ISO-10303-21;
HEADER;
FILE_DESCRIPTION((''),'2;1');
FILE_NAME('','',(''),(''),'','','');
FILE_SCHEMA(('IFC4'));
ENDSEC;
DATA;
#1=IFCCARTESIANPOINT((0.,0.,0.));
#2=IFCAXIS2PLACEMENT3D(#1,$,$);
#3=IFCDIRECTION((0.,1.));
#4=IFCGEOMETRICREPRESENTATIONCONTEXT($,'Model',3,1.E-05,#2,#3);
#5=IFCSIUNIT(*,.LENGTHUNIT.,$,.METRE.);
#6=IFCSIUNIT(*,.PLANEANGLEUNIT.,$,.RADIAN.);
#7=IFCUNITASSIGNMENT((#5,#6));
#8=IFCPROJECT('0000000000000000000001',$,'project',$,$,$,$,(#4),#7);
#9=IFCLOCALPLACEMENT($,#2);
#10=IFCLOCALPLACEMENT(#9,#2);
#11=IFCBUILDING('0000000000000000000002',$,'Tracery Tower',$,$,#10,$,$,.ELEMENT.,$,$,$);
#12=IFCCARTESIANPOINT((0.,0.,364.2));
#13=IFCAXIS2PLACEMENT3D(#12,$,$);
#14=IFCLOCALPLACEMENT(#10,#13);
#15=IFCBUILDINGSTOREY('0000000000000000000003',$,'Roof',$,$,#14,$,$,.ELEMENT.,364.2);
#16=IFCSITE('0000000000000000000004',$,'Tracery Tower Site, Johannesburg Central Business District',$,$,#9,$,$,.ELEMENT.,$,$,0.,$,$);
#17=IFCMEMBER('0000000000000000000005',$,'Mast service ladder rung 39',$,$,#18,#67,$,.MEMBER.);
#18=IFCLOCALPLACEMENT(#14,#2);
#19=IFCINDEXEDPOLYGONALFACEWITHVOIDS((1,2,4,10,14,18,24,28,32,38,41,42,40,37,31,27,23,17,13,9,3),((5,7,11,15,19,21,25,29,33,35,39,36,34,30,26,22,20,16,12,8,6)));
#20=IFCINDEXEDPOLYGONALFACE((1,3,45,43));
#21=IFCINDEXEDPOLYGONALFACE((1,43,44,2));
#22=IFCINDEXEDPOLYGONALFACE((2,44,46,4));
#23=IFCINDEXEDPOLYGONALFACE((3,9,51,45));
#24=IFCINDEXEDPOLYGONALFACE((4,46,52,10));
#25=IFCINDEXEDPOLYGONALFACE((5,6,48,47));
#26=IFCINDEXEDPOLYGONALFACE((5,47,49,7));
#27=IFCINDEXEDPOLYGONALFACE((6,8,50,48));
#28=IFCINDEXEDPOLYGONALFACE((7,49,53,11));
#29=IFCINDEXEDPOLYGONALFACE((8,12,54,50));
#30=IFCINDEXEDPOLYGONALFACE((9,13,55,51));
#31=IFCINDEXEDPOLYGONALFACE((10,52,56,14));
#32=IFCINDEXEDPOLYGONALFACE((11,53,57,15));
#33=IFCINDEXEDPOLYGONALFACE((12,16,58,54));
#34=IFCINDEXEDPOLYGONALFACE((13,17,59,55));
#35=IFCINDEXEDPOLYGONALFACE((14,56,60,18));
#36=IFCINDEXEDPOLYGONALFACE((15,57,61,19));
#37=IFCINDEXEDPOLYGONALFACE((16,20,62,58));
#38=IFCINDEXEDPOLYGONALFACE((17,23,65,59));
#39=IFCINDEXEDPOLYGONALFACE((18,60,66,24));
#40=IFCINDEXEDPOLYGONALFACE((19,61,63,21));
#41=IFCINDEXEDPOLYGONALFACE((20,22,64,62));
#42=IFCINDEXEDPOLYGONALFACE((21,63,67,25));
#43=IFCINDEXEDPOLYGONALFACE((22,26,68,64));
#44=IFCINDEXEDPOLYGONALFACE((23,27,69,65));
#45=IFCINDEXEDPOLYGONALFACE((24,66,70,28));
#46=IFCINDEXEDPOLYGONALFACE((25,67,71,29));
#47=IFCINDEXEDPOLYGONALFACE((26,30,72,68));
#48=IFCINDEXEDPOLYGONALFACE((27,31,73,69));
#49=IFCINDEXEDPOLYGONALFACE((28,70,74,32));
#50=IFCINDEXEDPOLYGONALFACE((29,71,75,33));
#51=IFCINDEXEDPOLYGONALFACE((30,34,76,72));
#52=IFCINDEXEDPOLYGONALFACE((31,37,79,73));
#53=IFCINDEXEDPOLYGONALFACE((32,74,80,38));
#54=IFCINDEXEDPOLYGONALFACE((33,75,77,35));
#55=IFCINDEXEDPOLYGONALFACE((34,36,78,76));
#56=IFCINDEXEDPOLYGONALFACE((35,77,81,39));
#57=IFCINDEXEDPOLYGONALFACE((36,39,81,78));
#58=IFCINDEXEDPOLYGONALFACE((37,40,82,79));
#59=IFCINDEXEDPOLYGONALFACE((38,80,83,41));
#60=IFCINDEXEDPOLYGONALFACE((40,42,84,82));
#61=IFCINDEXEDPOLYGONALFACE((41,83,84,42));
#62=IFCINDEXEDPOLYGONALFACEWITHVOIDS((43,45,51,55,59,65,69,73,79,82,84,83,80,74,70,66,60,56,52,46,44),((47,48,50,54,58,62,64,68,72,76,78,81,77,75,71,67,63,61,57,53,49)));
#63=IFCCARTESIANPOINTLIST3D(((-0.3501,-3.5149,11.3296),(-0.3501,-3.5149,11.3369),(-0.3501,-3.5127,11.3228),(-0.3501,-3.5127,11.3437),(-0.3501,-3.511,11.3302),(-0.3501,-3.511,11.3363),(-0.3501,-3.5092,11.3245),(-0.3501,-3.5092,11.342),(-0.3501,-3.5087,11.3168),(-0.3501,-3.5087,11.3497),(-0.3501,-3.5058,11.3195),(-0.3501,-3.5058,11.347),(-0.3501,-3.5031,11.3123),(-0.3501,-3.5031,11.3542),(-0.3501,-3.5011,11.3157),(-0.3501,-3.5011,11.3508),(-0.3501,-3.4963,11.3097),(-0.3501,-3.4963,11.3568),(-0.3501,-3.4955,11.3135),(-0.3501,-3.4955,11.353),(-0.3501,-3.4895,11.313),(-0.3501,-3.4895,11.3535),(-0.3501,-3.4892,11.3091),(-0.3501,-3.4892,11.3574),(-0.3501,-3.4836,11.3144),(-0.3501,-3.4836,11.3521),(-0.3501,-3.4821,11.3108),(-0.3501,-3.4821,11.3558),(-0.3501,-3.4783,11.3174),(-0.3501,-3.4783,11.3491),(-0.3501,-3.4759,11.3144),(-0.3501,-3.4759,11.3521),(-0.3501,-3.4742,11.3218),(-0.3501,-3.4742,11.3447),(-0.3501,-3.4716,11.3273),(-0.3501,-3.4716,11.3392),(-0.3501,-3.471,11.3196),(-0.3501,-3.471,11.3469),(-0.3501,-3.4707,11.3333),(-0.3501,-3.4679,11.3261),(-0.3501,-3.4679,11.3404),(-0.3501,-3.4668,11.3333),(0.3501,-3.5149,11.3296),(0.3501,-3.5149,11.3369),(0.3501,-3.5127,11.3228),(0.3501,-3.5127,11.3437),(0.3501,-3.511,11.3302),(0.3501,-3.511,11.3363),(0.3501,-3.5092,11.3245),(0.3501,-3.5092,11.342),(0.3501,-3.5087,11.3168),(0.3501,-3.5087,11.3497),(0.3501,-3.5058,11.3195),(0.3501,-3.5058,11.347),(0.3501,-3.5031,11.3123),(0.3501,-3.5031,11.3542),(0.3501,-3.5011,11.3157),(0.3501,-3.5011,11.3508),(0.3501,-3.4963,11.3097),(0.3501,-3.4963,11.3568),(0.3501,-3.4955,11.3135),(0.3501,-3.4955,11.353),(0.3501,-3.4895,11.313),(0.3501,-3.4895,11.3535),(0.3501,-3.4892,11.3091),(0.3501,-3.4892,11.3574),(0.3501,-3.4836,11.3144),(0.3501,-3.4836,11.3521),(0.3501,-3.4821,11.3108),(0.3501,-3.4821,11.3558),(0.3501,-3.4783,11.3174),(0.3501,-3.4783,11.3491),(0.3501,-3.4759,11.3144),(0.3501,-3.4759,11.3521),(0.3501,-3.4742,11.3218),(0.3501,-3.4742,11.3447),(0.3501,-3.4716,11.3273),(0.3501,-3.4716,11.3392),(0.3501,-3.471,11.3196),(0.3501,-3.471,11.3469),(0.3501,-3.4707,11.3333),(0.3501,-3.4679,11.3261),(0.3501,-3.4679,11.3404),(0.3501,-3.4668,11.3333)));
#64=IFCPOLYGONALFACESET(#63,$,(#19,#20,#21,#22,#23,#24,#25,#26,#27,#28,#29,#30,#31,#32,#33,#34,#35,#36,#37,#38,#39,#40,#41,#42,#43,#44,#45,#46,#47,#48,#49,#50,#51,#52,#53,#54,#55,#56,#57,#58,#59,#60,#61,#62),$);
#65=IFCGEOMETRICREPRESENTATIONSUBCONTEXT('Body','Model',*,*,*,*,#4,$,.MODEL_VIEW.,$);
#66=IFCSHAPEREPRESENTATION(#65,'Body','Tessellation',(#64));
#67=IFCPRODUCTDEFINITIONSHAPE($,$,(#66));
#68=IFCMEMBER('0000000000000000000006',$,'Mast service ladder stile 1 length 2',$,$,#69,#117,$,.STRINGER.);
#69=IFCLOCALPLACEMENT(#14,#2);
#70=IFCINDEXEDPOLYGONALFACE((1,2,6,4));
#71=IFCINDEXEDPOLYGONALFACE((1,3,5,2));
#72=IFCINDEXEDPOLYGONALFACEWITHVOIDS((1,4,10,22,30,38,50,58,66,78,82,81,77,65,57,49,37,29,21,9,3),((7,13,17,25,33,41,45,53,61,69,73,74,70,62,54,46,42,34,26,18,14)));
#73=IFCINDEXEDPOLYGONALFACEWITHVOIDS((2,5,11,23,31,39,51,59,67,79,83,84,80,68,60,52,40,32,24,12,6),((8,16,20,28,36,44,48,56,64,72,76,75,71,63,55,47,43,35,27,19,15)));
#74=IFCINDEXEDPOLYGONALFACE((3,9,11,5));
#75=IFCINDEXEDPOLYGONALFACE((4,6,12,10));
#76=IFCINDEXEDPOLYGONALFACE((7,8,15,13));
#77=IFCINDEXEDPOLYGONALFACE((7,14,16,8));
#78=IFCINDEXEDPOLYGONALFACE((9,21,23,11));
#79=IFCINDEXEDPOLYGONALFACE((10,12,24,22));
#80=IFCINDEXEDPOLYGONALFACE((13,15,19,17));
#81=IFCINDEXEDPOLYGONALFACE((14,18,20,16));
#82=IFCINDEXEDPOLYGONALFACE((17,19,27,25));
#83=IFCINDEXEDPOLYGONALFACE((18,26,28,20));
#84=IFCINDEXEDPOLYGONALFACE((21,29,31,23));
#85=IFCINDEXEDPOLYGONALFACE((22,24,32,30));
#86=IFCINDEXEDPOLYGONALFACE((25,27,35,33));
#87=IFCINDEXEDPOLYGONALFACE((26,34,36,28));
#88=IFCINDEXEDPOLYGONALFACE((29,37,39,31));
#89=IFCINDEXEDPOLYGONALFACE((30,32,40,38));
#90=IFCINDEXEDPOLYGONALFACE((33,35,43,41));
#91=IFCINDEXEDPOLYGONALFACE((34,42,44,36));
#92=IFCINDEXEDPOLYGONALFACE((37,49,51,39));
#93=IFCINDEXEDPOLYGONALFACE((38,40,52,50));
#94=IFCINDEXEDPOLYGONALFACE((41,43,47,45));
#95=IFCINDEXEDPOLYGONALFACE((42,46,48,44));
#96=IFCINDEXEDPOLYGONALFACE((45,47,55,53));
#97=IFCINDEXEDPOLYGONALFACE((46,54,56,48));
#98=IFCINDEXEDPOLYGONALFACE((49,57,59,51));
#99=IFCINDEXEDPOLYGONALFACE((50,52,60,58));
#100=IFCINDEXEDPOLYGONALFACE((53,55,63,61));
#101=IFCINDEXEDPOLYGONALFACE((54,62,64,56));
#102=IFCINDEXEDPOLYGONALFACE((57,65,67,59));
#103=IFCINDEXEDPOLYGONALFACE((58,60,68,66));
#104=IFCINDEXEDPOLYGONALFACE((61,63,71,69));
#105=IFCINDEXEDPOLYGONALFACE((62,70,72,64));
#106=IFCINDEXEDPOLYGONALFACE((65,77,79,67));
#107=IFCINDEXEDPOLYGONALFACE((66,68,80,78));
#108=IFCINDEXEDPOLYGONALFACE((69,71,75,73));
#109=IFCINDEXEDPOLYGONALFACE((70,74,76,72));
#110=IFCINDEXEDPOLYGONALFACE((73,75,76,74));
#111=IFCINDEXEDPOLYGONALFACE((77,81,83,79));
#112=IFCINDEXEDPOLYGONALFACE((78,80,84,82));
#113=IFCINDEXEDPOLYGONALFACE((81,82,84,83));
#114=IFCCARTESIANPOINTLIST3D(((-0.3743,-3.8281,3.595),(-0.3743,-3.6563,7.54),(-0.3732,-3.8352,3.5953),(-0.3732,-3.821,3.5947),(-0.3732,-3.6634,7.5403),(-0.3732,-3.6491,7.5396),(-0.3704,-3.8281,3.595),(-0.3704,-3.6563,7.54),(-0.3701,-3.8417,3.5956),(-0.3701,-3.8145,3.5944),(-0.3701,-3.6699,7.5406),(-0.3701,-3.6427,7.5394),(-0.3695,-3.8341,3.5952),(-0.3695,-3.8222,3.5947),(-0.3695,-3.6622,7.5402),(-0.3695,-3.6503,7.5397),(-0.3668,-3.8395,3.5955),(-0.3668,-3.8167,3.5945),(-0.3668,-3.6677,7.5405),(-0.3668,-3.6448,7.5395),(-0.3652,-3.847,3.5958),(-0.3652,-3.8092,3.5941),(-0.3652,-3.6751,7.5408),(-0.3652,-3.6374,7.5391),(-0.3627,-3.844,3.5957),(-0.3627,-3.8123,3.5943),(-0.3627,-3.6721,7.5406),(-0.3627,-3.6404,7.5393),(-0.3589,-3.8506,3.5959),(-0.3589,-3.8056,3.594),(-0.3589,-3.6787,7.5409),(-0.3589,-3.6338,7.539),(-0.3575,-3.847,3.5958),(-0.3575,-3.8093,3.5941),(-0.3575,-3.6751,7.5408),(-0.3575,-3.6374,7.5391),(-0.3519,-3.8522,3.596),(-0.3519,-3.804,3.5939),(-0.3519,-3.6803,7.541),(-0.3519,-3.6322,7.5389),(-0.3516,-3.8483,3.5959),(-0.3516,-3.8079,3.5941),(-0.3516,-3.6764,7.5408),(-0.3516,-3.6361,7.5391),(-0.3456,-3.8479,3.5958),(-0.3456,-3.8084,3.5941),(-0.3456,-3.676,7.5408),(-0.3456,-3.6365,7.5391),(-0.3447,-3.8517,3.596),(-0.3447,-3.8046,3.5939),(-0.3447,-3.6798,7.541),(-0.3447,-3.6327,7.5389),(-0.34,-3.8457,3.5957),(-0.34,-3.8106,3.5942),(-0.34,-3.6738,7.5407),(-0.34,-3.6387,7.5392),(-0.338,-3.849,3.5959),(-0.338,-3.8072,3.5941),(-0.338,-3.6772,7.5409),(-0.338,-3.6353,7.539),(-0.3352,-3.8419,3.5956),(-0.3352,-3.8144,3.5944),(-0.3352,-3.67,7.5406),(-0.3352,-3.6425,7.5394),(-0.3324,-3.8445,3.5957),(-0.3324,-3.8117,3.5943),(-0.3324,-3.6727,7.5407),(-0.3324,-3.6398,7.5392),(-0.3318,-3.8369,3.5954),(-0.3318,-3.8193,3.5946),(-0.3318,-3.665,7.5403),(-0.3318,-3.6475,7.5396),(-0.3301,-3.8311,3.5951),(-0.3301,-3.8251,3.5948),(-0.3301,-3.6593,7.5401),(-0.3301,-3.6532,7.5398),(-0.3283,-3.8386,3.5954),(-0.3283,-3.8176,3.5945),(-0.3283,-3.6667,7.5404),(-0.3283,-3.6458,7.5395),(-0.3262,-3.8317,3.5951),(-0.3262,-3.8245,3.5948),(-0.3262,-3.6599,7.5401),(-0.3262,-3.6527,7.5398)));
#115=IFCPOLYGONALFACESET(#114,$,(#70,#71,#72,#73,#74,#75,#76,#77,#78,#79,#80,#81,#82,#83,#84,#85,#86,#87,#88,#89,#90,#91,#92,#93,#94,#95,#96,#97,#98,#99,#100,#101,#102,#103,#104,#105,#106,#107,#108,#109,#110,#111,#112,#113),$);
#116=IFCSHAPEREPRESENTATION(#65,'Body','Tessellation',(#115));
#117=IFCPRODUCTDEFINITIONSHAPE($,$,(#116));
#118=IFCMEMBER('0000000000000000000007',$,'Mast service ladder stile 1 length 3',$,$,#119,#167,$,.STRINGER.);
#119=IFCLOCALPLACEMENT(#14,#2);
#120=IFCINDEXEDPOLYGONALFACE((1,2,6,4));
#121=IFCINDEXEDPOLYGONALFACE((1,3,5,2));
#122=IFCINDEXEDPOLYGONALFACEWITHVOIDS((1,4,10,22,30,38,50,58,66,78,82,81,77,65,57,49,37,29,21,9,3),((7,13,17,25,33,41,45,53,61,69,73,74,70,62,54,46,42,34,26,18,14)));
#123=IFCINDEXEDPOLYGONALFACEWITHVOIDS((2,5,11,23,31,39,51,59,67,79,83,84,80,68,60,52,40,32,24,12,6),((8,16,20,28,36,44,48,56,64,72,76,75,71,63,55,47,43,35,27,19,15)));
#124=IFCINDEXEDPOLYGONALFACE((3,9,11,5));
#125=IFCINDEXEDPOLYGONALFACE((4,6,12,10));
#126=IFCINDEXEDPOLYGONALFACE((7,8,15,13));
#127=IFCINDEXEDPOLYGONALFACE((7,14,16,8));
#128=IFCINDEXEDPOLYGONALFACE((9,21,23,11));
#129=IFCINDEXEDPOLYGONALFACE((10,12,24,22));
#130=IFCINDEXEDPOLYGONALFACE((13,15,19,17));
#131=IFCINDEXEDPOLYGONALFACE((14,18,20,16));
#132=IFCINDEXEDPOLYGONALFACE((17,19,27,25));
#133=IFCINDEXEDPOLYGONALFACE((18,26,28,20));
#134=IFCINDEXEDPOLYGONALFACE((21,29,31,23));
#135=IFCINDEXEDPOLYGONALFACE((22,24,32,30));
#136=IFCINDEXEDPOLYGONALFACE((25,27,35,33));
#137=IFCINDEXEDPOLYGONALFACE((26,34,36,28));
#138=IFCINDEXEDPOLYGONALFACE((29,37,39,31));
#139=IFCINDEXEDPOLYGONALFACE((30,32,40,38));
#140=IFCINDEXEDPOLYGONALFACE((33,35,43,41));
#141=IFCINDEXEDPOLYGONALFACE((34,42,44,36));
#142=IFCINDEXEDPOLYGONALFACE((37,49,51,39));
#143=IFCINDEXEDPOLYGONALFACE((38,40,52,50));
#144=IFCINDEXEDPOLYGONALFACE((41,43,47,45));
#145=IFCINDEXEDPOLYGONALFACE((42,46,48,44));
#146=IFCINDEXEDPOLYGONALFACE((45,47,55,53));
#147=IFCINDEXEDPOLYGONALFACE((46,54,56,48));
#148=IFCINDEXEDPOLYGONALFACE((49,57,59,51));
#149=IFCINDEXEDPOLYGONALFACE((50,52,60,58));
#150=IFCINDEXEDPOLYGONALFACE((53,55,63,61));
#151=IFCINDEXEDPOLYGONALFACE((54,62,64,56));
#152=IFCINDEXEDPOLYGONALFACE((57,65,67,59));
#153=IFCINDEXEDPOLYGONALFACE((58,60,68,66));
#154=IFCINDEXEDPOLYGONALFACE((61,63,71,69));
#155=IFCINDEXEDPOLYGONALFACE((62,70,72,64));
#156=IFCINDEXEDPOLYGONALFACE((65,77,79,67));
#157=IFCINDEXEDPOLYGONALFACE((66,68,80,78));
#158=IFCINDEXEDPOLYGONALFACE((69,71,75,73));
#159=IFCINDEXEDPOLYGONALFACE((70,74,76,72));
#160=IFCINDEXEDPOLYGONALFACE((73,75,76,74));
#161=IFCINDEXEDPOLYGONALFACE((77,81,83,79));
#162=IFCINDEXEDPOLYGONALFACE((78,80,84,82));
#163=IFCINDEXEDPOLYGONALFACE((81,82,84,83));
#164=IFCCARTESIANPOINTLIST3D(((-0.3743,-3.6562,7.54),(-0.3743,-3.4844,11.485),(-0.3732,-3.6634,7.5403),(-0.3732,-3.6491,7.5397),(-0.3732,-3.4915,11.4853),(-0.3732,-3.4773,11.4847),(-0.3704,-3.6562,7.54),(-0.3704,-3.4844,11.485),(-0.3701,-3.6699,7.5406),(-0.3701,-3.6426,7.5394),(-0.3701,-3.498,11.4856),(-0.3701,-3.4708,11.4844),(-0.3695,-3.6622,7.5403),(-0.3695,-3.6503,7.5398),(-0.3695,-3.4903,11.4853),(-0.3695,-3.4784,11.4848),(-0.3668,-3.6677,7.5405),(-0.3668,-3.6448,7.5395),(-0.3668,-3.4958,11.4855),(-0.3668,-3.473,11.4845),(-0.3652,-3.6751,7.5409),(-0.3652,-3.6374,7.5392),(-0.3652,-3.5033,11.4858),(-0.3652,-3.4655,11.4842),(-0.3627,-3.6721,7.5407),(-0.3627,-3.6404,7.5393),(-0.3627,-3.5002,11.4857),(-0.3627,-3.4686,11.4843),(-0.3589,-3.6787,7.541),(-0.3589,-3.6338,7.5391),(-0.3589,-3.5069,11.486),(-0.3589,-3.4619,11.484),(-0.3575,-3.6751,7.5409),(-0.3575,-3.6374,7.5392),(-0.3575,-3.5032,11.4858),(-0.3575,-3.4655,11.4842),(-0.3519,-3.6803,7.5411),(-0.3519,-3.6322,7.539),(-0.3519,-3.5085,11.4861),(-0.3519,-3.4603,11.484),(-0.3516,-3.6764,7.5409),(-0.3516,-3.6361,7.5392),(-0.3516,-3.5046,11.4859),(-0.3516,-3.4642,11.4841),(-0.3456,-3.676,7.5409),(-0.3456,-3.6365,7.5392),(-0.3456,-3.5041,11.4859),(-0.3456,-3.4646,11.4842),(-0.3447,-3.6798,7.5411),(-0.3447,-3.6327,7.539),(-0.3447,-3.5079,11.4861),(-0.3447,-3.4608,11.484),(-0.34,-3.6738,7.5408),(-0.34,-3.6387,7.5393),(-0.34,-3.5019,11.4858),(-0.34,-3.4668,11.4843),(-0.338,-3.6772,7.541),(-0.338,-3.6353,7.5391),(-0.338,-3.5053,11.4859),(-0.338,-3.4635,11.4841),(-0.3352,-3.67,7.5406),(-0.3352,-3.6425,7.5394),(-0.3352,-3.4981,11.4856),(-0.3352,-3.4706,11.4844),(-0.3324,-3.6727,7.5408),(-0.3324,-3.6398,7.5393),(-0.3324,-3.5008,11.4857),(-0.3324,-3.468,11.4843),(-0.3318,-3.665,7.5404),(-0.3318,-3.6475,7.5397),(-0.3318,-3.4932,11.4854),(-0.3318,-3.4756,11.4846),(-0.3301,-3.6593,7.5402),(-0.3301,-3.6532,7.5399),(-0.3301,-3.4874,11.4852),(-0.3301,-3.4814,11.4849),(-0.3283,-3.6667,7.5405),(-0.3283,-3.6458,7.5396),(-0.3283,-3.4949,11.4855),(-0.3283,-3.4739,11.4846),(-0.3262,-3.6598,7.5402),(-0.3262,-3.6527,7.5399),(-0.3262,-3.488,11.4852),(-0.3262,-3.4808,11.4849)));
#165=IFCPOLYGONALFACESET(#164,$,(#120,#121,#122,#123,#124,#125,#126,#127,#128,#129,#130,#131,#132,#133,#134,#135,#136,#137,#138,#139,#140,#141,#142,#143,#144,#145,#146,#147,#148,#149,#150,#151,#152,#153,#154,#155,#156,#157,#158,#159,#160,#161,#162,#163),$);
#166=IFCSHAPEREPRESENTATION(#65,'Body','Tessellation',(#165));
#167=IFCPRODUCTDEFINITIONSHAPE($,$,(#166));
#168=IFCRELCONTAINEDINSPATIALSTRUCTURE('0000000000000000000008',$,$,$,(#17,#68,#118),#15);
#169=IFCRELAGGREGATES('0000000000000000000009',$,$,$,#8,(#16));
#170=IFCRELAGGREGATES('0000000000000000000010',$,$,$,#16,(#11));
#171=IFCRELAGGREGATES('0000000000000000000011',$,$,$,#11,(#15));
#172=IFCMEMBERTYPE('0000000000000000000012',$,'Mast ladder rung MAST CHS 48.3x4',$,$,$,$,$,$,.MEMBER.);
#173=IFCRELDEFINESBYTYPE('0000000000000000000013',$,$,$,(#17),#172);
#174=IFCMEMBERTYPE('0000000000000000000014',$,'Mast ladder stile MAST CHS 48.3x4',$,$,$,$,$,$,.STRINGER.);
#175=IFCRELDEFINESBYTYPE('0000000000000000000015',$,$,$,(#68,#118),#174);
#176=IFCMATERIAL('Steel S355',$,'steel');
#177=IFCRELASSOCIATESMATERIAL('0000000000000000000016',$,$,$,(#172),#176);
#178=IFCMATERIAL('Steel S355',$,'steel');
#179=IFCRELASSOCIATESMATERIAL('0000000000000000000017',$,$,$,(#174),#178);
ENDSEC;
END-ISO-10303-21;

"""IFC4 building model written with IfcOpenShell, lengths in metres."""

from ifc_helpers import new_model, si_unit, direction, frame, origin, origin_2d, place, context, subcontext, project, spatial, hollow_circle, extrude, material, material_profile, profile_set, type_object, element, save


model = new_model("IFC4")

# Units and contexts
model_context = context("Model", 3, precision=1e-05, world=origin(), true_north=direction((0.0, 1.0)))
body_context = subcontext(model_context, "Body", "Model", "MODEL_VIEW")
ifc_project = project(units=[si_unit("LENGTHUNIT", "METRE"), si_unit("PLANEANGLEUNIT", "RADIAN")], contexts=[model_context])

# Site, building, storey
site_placement = place(None, origin())
site = spatial("IfcSite", under=ifc_project, at=site_placement, Name="Tracery Tower Site, Johannesburg Central Business District", CompositionType="ELEMENT", RefElevation=0.0)
building_placement = place(site_placement, origin())
building = spatial("IfcBuilding", under=site, at=building_placement, Name="Tracery Tower", CompositionType="ELEMENT")
storey_placement = place(building_placement, frame((0.0, 0.0, 364.2)))
storey = spatial("IfcBuildingStorey", under=building, at=storey_placement, Name="Roof", CompositionType="ELEMENT", Elevation=364.2)

# Members
ifc_material_1 = material(Name="Steel S355", Category="steel")
ifc_material_profile_1 = material_profile(ifc_material_1, hollow_circle(Radius=0.0242, WallThickness=0.0039, at=origin_2d()), Name="CHS 48.3x4")
ifc_profile_set_1 = profile_set([ifc_material_profile_1], Name="Steel S355")
member_type_1 = type_object("IfcMemberType", Name="Mast ladder rung MAST CHS 48.3x4", PredefinedType="MEMBER", material=ifc_profile_set_1)
for number, where, z_axis, x_axis, name in (
    (1, (-0.3501, -3.491, 11.3333), (1.0, 0.0, 0.0), (0.0, 1.0, 0.0), "Mast service ladder rung 39"),
):
    element("IfcMember", number, at=place(storey_placement, frame(where, z_axis=z_axis, x_axis=x_axis)), inside=storey, type_object=member_type_1, Name=name, PredefinedType="MEMBER", context=body_context, shape_type="SweptSolid", body=[
        extrude(hollow_circle(Radius=0.0242, WallThickness=0.0039, at=origin_2d()), origin(), (0.0, 0.0, 1.0), 0.7002),
    ])
ifc_material_2 = material(Name="Steel S355", Category="steel")
ifc_material_profile_2 = material_profile(ifc_material_2, hollow_circle(Radius=0.0242, WallThickness=0.0039, at=origin_2d()), Name="CHS 48.3x4")
ifc_profile_set_2 = profile_set([ifc_material_profile_2], Name="Steel S355")
member_type_2 = type_object("IfcMemberType", Name="Mast ladder stile MAST CHS 48.3x4", PredefinedType="STRINGER", material=ifc_profile_set_2)
for number, where, z_axis, x_axis, name in (
    (2, (-0.3501, -3.8281, 3.595), (0.0, 0.043526, 0.999052), (-1.0, 0.0, 0.0), "Mast service ladder stile 1 length 2"),
    (3, (-0.3501, -3.6562, 7.54), (0.0, 0.043526, 0.999052), (-1.0, 0.0, 0.0), "Mast service ladder stile 1 length 3"),
):
    element("IfcMember", number, at=place(storey_placement, frame(where, z_axis=z_axis, x_axis=x_axis)), inside=storey, type_object=member_type_2, Name=name, PredefinedType="STRINGER", context=body_context, shape_type="SweptSolid", body=[
        extrude(hollow_circle(Radius=0.0242, WallThickness=0.0039, at=origin_2d()), origin(), (0.0, 0.0, 1.0), 3.9487),
    ])

save(model, "model.ifc")
